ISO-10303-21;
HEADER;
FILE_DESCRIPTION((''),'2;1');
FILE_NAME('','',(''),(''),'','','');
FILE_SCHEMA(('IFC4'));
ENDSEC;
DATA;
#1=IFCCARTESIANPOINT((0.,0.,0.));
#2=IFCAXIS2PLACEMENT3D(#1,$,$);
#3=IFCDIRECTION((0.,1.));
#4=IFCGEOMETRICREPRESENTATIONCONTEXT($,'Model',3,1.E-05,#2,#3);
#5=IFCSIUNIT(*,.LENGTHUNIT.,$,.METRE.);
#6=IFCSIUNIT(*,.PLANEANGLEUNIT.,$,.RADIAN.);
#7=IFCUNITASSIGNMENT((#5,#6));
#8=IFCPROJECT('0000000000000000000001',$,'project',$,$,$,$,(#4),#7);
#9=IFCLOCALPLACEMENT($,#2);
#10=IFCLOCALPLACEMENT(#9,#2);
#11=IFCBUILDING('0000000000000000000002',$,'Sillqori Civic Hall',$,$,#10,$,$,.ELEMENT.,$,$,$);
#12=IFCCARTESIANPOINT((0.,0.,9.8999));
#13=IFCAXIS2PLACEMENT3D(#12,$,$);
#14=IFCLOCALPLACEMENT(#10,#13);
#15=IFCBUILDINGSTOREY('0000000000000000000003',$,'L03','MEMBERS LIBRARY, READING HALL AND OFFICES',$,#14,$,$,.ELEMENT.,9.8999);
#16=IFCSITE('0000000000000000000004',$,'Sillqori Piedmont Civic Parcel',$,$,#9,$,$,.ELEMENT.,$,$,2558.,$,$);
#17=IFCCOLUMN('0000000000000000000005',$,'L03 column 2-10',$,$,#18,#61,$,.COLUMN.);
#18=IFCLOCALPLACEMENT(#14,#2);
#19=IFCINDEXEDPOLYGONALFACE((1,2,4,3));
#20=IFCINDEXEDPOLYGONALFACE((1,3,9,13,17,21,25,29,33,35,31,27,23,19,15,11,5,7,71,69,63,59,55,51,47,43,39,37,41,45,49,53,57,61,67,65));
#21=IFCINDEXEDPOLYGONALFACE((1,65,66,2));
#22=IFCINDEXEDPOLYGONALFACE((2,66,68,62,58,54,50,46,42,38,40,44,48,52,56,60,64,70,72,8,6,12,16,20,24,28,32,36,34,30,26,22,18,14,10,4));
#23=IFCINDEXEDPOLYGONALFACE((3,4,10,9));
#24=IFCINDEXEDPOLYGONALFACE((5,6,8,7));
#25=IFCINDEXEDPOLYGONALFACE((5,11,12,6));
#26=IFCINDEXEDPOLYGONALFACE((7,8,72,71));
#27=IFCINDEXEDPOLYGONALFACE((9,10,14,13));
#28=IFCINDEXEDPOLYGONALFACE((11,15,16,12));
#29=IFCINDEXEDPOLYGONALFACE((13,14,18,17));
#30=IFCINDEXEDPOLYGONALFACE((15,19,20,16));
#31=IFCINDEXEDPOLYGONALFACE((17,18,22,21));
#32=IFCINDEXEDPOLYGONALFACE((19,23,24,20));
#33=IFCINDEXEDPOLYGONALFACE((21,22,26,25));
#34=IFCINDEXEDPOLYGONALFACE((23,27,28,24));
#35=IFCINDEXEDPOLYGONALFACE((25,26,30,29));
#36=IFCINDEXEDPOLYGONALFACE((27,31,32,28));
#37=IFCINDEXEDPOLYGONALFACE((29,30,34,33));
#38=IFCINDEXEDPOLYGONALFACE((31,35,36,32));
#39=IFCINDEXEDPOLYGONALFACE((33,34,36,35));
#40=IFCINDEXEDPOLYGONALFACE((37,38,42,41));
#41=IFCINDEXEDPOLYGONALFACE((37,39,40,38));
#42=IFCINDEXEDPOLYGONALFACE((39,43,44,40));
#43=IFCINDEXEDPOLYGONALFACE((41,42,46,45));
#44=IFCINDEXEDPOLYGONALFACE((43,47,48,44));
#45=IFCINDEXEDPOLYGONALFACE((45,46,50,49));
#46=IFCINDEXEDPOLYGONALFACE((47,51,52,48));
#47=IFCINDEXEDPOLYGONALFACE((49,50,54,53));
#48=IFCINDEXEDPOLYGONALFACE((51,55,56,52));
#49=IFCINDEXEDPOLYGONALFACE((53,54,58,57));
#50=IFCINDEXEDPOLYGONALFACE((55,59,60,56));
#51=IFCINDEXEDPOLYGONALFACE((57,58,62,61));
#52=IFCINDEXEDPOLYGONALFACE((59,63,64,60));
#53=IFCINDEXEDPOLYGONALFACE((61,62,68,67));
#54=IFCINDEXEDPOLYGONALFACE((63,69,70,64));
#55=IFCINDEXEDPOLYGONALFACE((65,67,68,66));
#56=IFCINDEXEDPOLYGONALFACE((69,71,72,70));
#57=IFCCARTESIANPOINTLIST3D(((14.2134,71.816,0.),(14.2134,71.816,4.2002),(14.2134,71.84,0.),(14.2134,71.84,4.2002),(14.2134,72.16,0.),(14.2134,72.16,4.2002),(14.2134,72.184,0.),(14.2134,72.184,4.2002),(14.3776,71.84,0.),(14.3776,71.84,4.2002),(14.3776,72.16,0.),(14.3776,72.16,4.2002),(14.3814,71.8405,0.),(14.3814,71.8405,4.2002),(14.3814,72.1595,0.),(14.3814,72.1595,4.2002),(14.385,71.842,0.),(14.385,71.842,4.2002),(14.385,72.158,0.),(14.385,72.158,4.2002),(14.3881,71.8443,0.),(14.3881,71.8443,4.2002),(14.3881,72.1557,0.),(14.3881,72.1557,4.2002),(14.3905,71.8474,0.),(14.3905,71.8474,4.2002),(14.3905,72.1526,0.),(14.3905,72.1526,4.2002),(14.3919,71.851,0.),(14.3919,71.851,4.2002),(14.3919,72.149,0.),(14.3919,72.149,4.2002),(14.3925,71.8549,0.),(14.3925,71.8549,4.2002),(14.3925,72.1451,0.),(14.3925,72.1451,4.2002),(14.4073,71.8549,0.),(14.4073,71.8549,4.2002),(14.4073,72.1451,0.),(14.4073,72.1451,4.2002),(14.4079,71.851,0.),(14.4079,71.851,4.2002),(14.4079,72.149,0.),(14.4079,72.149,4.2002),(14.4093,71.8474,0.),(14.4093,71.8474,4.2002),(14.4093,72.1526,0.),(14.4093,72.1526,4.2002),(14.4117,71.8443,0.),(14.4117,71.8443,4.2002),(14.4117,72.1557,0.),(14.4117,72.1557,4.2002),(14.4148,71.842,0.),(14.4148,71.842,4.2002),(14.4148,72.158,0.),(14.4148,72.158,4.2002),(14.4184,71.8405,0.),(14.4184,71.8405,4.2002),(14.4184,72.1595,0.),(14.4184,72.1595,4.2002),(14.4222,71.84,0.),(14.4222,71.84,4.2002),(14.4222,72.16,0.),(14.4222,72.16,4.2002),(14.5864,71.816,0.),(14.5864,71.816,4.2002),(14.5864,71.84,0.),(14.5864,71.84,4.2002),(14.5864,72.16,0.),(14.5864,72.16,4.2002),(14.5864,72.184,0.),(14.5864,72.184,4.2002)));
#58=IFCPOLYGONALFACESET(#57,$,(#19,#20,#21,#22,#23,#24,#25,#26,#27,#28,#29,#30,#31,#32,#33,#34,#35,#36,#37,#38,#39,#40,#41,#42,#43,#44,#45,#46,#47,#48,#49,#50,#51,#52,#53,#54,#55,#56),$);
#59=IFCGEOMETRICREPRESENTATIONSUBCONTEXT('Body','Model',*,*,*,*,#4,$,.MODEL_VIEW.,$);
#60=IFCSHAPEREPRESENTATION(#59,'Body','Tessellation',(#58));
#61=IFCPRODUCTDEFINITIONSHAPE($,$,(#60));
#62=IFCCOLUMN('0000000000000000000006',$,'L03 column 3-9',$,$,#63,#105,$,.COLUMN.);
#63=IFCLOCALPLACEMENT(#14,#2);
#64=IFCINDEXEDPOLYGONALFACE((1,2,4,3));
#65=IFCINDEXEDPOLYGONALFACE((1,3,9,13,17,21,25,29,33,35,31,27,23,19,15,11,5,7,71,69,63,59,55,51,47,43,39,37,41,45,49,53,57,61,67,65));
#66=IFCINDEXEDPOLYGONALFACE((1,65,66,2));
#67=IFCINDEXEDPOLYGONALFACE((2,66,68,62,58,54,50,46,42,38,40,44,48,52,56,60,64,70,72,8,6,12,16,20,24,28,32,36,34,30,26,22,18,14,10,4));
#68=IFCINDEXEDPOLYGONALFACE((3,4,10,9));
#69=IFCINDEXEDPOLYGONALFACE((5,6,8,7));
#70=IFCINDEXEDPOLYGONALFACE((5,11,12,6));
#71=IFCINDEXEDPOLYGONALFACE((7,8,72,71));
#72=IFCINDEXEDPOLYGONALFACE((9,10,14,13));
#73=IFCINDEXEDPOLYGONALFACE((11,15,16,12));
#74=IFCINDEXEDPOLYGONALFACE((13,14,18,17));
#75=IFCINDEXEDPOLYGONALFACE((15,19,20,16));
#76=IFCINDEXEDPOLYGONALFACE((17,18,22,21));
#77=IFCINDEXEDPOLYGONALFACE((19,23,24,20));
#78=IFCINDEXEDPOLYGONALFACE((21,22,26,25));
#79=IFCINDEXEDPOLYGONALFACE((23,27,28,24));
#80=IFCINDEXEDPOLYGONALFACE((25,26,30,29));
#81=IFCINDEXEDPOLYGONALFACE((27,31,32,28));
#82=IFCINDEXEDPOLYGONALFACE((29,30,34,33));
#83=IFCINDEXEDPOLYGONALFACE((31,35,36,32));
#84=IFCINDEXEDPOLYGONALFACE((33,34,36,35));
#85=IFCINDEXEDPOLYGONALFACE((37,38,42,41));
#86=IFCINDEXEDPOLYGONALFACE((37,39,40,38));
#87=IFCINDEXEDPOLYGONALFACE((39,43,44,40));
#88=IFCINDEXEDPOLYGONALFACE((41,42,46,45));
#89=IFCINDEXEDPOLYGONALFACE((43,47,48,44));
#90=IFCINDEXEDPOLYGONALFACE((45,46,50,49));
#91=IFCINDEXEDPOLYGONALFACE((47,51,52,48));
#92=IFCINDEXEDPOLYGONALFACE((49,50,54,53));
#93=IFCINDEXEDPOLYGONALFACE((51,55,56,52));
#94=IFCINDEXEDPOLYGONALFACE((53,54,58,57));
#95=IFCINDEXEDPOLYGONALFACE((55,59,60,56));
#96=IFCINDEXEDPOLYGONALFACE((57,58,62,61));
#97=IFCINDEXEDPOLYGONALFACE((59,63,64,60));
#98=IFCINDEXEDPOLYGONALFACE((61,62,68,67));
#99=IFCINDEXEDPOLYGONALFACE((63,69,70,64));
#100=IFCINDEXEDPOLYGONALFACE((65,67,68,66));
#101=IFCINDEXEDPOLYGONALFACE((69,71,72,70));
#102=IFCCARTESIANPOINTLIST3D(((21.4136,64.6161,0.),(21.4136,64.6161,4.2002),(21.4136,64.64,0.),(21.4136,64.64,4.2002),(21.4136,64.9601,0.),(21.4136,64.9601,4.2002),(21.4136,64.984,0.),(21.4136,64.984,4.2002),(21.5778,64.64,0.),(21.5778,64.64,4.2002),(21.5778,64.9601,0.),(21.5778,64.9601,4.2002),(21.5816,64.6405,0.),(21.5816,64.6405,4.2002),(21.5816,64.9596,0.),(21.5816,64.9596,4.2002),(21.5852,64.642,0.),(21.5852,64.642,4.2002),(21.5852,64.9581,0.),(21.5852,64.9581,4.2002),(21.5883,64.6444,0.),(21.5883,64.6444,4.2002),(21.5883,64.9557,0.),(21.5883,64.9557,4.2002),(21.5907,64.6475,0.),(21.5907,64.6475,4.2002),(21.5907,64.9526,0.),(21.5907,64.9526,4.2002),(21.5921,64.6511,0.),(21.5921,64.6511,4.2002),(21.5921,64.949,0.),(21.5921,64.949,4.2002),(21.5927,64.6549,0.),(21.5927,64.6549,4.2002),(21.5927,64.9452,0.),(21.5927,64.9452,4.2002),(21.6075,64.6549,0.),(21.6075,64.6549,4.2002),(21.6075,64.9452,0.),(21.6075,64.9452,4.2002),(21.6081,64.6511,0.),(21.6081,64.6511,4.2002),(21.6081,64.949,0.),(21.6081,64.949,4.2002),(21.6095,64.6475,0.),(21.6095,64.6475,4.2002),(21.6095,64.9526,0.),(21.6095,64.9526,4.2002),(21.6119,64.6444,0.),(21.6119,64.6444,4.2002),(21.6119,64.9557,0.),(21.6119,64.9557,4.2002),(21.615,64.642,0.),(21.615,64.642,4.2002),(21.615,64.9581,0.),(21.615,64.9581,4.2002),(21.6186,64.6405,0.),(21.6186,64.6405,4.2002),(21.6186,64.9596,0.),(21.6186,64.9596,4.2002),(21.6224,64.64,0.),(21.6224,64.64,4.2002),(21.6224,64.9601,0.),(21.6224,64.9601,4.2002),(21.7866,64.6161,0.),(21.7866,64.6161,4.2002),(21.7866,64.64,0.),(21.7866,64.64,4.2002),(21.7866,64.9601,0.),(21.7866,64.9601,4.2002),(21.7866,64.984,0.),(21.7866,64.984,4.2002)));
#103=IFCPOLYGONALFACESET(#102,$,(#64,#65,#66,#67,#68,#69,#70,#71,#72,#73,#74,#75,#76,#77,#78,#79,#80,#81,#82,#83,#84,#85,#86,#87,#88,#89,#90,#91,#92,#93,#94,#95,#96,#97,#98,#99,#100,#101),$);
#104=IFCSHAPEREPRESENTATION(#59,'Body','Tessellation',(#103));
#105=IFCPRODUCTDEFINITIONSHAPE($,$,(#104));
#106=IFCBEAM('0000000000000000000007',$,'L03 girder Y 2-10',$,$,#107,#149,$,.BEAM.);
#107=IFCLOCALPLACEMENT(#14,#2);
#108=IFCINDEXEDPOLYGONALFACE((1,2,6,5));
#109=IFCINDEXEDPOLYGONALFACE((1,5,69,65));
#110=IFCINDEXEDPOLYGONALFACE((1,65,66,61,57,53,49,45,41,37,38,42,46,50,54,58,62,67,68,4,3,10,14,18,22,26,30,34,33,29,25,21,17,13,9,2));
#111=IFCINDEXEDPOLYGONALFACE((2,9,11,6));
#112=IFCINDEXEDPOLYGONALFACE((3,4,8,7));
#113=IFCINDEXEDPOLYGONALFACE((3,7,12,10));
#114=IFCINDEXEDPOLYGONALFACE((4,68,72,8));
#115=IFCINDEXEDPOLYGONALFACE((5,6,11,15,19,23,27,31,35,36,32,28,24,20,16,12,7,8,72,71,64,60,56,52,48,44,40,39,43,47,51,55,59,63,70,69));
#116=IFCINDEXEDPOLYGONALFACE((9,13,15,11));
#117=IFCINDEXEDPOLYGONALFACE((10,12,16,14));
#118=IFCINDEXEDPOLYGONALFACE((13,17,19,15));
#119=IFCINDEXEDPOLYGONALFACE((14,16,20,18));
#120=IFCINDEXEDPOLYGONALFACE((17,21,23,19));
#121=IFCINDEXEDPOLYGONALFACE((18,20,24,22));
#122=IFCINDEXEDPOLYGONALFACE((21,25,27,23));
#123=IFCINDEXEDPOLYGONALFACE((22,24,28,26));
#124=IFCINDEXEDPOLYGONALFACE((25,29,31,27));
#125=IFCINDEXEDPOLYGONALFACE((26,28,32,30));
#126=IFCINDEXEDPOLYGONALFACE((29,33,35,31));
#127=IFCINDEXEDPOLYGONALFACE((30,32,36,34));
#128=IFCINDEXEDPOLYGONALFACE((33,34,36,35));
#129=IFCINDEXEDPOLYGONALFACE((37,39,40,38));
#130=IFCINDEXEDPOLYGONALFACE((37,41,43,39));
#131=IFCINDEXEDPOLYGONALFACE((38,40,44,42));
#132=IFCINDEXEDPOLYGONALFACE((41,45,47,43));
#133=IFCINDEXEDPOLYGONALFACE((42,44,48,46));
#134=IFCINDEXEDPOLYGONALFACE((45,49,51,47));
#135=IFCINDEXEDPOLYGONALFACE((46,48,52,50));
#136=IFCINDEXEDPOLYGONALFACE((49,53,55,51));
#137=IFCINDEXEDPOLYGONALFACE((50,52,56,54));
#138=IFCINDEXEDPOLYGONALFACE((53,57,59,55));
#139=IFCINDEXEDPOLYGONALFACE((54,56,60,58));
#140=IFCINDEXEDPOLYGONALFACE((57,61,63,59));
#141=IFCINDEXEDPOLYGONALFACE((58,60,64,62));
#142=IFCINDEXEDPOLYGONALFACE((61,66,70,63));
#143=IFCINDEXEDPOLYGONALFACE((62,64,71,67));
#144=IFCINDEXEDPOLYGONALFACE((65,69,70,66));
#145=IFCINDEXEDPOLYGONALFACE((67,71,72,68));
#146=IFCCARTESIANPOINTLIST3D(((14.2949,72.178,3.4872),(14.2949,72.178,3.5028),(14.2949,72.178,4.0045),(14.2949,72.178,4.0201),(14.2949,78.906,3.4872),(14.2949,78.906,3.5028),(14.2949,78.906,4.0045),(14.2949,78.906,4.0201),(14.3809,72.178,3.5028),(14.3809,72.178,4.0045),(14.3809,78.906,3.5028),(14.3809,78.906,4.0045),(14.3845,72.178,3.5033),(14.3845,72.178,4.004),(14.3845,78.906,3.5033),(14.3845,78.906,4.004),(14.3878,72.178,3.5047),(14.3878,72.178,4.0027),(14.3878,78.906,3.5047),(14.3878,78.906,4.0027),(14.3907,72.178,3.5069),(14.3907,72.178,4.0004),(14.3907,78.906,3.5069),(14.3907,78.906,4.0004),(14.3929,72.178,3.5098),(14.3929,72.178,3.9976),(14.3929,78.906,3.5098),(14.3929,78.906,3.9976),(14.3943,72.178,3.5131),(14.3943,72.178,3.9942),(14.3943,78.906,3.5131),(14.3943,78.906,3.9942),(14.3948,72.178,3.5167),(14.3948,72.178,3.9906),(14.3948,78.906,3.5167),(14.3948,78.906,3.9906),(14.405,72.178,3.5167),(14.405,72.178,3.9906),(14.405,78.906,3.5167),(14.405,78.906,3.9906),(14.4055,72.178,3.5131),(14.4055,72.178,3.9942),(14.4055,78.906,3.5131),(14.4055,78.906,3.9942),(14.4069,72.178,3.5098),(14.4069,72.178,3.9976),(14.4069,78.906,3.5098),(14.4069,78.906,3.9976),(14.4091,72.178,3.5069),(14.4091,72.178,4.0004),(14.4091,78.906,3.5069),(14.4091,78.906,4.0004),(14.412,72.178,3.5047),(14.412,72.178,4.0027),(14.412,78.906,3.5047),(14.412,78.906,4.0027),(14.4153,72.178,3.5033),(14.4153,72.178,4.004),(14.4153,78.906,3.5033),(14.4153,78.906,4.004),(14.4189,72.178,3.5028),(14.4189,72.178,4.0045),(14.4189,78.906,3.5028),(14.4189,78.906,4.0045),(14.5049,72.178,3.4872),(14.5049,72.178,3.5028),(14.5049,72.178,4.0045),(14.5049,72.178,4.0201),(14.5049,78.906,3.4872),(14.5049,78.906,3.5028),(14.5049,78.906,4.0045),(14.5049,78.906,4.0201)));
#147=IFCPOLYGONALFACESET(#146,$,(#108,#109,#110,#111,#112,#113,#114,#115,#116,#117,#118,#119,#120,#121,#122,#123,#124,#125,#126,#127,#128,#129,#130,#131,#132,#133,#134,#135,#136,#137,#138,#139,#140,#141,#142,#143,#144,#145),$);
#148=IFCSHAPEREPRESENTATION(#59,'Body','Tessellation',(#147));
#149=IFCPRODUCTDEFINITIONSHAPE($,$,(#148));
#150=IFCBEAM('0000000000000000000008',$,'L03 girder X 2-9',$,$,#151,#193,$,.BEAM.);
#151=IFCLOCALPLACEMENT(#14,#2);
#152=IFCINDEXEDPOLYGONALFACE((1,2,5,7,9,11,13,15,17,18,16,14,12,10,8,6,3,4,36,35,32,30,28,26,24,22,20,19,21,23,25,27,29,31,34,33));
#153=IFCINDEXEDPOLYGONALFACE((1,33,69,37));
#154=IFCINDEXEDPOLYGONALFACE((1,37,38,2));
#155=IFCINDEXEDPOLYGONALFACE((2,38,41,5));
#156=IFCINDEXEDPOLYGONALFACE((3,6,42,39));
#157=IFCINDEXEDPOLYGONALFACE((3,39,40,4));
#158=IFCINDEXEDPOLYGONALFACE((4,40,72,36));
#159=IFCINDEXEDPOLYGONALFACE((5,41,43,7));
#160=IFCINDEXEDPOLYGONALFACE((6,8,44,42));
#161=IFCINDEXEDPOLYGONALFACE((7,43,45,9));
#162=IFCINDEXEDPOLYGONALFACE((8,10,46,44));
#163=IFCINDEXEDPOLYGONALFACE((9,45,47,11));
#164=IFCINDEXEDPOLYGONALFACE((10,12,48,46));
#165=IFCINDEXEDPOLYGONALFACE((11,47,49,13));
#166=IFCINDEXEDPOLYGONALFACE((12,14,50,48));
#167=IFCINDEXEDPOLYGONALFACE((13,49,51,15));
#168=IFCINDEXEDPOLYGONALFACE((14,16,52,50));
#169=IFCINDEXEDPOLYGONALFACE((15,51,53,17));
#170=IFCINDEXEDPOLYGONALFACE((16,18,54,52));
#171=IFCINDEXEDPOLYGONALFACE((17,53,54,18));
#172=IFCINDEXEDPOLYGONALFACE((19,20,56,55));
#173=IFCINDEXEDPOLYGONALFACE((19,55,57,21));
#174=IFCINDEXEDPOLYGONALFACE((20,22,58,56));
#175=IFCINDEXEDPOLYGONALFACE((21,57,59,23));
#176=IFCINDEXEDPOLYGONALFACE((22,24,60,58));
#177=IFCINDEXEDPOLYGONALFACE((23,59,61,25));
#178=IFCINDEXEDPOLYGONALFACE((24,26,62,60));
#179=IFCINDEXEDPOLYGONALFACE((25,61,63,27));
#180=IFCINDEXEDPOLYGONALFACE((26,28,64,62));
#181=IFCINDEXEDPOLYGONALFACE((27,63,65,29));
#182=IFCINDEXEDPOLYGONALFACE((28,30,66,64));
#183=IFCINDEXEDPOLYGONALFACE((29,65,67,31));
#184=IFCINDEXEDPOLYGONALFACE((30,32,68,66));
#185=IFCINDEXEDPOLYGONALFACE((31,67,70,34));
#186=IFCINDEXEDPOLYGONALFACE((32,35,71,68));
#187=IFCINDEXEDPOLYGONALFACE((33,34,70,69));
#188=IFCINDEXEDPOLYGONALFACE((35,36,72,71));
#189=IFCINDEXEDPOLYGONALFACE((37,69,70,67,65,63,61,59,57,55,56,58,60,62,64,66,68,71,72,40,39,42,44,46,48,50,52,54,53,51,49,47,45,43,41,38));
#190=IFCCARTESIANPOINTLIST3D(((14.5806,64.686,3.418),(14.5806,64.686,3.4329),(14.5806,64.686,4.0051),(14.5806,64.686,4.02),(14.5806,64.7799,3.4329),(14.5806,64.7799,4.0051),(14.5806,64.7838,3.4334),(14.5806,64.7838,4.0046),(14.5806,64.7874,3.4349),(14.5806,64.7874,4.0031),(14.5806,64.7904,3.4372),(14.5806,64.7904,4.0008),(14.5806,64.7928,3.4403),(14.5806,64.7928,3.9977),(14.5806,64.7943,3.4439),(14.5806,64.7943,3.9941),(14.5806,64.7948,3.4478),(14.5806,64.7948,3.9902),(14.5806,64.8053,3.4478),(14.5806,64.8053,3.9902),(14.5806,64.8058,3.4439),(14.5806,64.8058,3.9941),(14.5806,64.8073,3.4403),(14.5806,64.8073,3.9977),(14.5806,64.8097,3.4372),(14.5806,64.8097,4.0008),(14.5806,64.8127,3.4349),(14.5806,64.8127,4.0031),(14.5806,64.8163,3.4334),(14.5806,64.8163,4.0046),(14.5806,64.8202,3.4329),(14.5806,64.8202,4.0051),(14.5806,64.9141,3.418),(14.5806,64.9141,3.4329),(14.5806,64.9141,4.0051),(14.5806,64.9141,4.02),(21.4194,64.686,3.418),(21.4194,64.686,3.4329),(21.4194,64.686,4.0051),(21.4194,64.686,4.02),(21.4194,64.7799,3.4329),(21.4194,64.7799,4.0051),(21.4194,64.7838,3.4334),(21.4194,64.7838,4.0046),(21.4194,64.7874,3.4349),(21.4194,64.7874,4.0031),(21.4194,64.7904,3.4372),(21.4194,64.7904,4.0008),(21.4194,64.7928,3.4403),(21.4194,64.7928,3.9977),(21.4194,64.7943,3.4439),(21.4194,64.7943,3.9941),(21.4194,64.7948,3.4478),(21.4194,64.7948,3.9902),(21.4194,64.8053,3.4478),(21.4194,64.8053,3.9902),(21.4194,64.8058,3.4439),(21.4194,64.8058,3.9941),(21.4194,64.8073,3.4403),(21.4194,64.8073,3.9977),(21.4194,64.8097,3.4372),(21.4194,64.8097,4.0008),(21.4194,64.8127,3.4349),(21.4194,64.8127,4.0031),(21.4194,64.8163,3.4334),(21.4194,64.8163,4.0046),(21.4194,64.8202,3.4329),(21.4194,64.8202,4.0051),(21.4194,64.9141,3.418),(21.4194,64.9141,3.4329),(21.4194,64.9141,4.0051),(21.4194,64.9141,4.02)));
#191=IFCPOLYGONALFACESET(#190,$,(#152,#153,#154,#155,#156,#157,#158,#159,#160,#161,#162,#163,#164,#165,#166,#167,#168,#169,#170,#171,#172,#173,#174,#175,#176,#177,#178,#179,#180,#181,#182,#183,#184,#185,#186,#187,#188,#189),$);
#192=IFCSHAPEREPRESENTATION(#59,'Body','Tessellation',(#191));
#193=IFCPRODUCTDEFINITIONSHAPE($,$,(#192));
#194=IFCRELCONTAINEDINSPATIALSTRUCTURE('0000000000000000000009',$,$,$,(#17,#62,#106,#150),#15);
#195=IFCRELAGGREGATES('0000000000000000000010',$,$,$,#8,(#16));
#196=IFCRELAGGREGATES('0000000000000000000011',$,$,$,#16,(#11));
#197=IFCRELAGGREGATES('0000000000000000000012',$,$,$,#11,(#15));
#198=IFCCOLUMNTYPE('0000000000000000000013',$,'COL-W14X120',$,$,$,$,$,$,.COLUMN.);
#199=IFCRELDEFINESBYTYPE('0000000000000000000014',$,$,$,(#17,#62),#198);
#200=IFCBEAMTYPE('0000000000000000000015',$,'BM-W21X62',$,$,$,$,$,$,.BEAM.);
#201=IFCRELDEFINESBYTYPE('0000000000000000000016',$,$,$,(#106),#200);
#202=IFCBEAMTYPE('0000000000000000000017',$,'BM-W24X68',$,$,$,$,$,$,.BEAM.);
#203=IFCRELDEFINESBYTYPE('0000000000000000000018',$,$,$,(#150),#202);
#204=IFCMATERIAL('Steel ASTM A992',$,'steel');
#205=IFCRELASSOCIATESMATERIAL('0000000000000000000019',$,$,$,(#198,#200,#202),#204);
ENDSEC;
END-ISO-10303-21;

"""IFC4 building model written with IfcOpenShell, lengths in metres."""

from ifc_helpers import new_model, si_unit, direction, frame, origin, origin_2d, place, context, subcontext, project, spatial, i_section, extrude, material, material_profile, profile_set, type_object, element, save


model = new_model("IFC4")

# Units and contexts
model_context = context("Model", 3, precision=1e-05, world=origin(), true_north=direction((0.0, 1.0)))
body_context = subcontext(model_context, "Body", "Model", "MODEL_VIEW")
ifc_project = project(units=[si_unit("LENGTHUNIT", "METRE"), si_unit("PLANEANGLEUNIT", "RADIAN")], contexts=[model_context])

# Site, building, storey
site_placement = place(None, origin())
site = spatial("IfcSite", under=ifc_project, at=site_placement, Name="Sillqori Piedmont Civic Parcel", CompositionType="ELEMENT", RefElevation=2558.0)
building_placement = place(site_placement, origin())
building = spatial("IfcBuilding", under=site, at=building_placement, Name="Sillqori Civic Hall", CompositionType="ELEMENT")
storey_placement = place(building_placement, frame((0.0, 0.0, 9.8999)))
storey = spatial("IfcBuildingStorey", under=building, at=storey_placement, Name="L03", Description="MEMBERS LIBRARY, READING HALL AND OFFICES", CompositionType="ELEMENT", Elevation=9.8999)

# Columns
ifc_material_1 = material(Name="Steel ASTM A992", Category="steel")
ifc_material_profile_1 = material_profile(ifc_material_1, i_section(OverallWidth=0.373, OverallDepth=0.3679, WebThickness=0.0149, FlangeThickness=0.0239, FilletRadius=0.0149, at=origin_2d()), Name="W14X120")
ifc_profile_set_1 = profile_set([ifc_material_profile_1], Name="Steel ASTM A992")
column_type = type_object("IfcColumnType", Name="COL-W14X120", PredefinedType="COLUMN", material=ifc_profile_set_1)
for number, where, z_axis, x_axis, name in (
    (1, (14.3999, 72.0, 0.0), (0.0, 0.0, 1.0), (1.0, 0.0, 0.0), "L03 column 2-10"),
    (2, (21.6001, 64.8, 0.0), (0.0, 0.0, 1.0), (1.0, 0.0, 0.0), "L03 column 3-9"),
):
    element("IfcColumn", number, at=place(storey_placement, frame(where, z_axis=z_axis, x_axis=x_axis)), inside=storey, type_object=column_type, Name=name, PredefinedType="COLUMN", context=body_context, shape_type="SweptSolid", body=[
        extrude(i_section(OverallWidth=0.373, OverallDepth=0.3679, WebThickness=0.0149, FlangeThickness=0.0239, FilletRadius=0.0149, at=origin_2d()), origin(), (0.0, 0.0, 1.0), 4.2002),
    ])

# Beams
ifc_material_profile_2 = material_profile(ifc_material_1, i_section(OverallWidth=0.21, OverallDepth=0.533, WebThickness=0.0103, FlangeThickness=0.0156, FilletRadius=0.0139, at=origin_2d()), Name="W21X62")
ifc_profile_set_2 = profile_set([ifc_material_profile_2], Name="Steel ASTM A992")
beam_type_1 = type_object("IfcBeamType", Name="BM-W21X62", PredefinedType="BEAM", material=ifc_profile_set_2)
beam_placement = place(storey_placement, frame((14.3999, 72.178, 3.7537), z_axis=(0.0, 1.0, 0.0), x_axis=(-1.0, 0.0, 0.0)))
element("IfcBeam", 3, at=beam_placement, inside=storey, type_object=beam_type_1, Name="L03 girder Y 2-10", PredefinedType="BEAM", context=body_context, shape_type="SweptSolid", body=[
    extrude(i_section(OverallWidth=0.21, OverallDepth=0.533, WebThickness=0.0103, FlangeThickness=0.0156, FilletRadius=0.0139, at=origin_2d()), origin(), (0.0, 0.0, 1.0), 6.728),
])
ifc_material_profile_3 = material_profile(ifc_material_1, i_section(OverallWidth=0.228, OverallDepth=0.6021, WebThickness=0.0105, FlangeThickness=0.0149, FilletRadius=0.0149, at=origin_2d()), Name="W24X68")
ifc_profile_set_3 = profile_set([ifc_material_profile_3], Name="Steel ASTM A992")
beam_type_2 = type_object("IfcBeamType", Name="BM-W24X68", PredefinedType="BEAM", material=ifc_profile_set_3)
for number, where, z_axis, x_axis, name in (
    (4, (14.5806, 64.8, 3.719), (1.0, 0.0, 0.0), (0.0, 1.0, 0.0), "L03 girder X 2-9"),
):
    element("IfcBeam", number, at=place(storey_placement, frame(where, z_axis=z_axis, x_axis=x_axis)), inside=storey, type_object=beam_type_2, Name=name, PredefinedType="BEAM", context=body_context, shape_type="SweptSolid", body=[
        extrude(i_section(OverallWidth=0.228, OverallDepth=0.6021, WebThickness=0.0105, FlangeThickness=0.0149, FilletRadius=0.0149, at=origin_2d()), origin(), (0.0, 0.0, 1.0), 6.8389),
    ])

save(model, "model.ifc")
